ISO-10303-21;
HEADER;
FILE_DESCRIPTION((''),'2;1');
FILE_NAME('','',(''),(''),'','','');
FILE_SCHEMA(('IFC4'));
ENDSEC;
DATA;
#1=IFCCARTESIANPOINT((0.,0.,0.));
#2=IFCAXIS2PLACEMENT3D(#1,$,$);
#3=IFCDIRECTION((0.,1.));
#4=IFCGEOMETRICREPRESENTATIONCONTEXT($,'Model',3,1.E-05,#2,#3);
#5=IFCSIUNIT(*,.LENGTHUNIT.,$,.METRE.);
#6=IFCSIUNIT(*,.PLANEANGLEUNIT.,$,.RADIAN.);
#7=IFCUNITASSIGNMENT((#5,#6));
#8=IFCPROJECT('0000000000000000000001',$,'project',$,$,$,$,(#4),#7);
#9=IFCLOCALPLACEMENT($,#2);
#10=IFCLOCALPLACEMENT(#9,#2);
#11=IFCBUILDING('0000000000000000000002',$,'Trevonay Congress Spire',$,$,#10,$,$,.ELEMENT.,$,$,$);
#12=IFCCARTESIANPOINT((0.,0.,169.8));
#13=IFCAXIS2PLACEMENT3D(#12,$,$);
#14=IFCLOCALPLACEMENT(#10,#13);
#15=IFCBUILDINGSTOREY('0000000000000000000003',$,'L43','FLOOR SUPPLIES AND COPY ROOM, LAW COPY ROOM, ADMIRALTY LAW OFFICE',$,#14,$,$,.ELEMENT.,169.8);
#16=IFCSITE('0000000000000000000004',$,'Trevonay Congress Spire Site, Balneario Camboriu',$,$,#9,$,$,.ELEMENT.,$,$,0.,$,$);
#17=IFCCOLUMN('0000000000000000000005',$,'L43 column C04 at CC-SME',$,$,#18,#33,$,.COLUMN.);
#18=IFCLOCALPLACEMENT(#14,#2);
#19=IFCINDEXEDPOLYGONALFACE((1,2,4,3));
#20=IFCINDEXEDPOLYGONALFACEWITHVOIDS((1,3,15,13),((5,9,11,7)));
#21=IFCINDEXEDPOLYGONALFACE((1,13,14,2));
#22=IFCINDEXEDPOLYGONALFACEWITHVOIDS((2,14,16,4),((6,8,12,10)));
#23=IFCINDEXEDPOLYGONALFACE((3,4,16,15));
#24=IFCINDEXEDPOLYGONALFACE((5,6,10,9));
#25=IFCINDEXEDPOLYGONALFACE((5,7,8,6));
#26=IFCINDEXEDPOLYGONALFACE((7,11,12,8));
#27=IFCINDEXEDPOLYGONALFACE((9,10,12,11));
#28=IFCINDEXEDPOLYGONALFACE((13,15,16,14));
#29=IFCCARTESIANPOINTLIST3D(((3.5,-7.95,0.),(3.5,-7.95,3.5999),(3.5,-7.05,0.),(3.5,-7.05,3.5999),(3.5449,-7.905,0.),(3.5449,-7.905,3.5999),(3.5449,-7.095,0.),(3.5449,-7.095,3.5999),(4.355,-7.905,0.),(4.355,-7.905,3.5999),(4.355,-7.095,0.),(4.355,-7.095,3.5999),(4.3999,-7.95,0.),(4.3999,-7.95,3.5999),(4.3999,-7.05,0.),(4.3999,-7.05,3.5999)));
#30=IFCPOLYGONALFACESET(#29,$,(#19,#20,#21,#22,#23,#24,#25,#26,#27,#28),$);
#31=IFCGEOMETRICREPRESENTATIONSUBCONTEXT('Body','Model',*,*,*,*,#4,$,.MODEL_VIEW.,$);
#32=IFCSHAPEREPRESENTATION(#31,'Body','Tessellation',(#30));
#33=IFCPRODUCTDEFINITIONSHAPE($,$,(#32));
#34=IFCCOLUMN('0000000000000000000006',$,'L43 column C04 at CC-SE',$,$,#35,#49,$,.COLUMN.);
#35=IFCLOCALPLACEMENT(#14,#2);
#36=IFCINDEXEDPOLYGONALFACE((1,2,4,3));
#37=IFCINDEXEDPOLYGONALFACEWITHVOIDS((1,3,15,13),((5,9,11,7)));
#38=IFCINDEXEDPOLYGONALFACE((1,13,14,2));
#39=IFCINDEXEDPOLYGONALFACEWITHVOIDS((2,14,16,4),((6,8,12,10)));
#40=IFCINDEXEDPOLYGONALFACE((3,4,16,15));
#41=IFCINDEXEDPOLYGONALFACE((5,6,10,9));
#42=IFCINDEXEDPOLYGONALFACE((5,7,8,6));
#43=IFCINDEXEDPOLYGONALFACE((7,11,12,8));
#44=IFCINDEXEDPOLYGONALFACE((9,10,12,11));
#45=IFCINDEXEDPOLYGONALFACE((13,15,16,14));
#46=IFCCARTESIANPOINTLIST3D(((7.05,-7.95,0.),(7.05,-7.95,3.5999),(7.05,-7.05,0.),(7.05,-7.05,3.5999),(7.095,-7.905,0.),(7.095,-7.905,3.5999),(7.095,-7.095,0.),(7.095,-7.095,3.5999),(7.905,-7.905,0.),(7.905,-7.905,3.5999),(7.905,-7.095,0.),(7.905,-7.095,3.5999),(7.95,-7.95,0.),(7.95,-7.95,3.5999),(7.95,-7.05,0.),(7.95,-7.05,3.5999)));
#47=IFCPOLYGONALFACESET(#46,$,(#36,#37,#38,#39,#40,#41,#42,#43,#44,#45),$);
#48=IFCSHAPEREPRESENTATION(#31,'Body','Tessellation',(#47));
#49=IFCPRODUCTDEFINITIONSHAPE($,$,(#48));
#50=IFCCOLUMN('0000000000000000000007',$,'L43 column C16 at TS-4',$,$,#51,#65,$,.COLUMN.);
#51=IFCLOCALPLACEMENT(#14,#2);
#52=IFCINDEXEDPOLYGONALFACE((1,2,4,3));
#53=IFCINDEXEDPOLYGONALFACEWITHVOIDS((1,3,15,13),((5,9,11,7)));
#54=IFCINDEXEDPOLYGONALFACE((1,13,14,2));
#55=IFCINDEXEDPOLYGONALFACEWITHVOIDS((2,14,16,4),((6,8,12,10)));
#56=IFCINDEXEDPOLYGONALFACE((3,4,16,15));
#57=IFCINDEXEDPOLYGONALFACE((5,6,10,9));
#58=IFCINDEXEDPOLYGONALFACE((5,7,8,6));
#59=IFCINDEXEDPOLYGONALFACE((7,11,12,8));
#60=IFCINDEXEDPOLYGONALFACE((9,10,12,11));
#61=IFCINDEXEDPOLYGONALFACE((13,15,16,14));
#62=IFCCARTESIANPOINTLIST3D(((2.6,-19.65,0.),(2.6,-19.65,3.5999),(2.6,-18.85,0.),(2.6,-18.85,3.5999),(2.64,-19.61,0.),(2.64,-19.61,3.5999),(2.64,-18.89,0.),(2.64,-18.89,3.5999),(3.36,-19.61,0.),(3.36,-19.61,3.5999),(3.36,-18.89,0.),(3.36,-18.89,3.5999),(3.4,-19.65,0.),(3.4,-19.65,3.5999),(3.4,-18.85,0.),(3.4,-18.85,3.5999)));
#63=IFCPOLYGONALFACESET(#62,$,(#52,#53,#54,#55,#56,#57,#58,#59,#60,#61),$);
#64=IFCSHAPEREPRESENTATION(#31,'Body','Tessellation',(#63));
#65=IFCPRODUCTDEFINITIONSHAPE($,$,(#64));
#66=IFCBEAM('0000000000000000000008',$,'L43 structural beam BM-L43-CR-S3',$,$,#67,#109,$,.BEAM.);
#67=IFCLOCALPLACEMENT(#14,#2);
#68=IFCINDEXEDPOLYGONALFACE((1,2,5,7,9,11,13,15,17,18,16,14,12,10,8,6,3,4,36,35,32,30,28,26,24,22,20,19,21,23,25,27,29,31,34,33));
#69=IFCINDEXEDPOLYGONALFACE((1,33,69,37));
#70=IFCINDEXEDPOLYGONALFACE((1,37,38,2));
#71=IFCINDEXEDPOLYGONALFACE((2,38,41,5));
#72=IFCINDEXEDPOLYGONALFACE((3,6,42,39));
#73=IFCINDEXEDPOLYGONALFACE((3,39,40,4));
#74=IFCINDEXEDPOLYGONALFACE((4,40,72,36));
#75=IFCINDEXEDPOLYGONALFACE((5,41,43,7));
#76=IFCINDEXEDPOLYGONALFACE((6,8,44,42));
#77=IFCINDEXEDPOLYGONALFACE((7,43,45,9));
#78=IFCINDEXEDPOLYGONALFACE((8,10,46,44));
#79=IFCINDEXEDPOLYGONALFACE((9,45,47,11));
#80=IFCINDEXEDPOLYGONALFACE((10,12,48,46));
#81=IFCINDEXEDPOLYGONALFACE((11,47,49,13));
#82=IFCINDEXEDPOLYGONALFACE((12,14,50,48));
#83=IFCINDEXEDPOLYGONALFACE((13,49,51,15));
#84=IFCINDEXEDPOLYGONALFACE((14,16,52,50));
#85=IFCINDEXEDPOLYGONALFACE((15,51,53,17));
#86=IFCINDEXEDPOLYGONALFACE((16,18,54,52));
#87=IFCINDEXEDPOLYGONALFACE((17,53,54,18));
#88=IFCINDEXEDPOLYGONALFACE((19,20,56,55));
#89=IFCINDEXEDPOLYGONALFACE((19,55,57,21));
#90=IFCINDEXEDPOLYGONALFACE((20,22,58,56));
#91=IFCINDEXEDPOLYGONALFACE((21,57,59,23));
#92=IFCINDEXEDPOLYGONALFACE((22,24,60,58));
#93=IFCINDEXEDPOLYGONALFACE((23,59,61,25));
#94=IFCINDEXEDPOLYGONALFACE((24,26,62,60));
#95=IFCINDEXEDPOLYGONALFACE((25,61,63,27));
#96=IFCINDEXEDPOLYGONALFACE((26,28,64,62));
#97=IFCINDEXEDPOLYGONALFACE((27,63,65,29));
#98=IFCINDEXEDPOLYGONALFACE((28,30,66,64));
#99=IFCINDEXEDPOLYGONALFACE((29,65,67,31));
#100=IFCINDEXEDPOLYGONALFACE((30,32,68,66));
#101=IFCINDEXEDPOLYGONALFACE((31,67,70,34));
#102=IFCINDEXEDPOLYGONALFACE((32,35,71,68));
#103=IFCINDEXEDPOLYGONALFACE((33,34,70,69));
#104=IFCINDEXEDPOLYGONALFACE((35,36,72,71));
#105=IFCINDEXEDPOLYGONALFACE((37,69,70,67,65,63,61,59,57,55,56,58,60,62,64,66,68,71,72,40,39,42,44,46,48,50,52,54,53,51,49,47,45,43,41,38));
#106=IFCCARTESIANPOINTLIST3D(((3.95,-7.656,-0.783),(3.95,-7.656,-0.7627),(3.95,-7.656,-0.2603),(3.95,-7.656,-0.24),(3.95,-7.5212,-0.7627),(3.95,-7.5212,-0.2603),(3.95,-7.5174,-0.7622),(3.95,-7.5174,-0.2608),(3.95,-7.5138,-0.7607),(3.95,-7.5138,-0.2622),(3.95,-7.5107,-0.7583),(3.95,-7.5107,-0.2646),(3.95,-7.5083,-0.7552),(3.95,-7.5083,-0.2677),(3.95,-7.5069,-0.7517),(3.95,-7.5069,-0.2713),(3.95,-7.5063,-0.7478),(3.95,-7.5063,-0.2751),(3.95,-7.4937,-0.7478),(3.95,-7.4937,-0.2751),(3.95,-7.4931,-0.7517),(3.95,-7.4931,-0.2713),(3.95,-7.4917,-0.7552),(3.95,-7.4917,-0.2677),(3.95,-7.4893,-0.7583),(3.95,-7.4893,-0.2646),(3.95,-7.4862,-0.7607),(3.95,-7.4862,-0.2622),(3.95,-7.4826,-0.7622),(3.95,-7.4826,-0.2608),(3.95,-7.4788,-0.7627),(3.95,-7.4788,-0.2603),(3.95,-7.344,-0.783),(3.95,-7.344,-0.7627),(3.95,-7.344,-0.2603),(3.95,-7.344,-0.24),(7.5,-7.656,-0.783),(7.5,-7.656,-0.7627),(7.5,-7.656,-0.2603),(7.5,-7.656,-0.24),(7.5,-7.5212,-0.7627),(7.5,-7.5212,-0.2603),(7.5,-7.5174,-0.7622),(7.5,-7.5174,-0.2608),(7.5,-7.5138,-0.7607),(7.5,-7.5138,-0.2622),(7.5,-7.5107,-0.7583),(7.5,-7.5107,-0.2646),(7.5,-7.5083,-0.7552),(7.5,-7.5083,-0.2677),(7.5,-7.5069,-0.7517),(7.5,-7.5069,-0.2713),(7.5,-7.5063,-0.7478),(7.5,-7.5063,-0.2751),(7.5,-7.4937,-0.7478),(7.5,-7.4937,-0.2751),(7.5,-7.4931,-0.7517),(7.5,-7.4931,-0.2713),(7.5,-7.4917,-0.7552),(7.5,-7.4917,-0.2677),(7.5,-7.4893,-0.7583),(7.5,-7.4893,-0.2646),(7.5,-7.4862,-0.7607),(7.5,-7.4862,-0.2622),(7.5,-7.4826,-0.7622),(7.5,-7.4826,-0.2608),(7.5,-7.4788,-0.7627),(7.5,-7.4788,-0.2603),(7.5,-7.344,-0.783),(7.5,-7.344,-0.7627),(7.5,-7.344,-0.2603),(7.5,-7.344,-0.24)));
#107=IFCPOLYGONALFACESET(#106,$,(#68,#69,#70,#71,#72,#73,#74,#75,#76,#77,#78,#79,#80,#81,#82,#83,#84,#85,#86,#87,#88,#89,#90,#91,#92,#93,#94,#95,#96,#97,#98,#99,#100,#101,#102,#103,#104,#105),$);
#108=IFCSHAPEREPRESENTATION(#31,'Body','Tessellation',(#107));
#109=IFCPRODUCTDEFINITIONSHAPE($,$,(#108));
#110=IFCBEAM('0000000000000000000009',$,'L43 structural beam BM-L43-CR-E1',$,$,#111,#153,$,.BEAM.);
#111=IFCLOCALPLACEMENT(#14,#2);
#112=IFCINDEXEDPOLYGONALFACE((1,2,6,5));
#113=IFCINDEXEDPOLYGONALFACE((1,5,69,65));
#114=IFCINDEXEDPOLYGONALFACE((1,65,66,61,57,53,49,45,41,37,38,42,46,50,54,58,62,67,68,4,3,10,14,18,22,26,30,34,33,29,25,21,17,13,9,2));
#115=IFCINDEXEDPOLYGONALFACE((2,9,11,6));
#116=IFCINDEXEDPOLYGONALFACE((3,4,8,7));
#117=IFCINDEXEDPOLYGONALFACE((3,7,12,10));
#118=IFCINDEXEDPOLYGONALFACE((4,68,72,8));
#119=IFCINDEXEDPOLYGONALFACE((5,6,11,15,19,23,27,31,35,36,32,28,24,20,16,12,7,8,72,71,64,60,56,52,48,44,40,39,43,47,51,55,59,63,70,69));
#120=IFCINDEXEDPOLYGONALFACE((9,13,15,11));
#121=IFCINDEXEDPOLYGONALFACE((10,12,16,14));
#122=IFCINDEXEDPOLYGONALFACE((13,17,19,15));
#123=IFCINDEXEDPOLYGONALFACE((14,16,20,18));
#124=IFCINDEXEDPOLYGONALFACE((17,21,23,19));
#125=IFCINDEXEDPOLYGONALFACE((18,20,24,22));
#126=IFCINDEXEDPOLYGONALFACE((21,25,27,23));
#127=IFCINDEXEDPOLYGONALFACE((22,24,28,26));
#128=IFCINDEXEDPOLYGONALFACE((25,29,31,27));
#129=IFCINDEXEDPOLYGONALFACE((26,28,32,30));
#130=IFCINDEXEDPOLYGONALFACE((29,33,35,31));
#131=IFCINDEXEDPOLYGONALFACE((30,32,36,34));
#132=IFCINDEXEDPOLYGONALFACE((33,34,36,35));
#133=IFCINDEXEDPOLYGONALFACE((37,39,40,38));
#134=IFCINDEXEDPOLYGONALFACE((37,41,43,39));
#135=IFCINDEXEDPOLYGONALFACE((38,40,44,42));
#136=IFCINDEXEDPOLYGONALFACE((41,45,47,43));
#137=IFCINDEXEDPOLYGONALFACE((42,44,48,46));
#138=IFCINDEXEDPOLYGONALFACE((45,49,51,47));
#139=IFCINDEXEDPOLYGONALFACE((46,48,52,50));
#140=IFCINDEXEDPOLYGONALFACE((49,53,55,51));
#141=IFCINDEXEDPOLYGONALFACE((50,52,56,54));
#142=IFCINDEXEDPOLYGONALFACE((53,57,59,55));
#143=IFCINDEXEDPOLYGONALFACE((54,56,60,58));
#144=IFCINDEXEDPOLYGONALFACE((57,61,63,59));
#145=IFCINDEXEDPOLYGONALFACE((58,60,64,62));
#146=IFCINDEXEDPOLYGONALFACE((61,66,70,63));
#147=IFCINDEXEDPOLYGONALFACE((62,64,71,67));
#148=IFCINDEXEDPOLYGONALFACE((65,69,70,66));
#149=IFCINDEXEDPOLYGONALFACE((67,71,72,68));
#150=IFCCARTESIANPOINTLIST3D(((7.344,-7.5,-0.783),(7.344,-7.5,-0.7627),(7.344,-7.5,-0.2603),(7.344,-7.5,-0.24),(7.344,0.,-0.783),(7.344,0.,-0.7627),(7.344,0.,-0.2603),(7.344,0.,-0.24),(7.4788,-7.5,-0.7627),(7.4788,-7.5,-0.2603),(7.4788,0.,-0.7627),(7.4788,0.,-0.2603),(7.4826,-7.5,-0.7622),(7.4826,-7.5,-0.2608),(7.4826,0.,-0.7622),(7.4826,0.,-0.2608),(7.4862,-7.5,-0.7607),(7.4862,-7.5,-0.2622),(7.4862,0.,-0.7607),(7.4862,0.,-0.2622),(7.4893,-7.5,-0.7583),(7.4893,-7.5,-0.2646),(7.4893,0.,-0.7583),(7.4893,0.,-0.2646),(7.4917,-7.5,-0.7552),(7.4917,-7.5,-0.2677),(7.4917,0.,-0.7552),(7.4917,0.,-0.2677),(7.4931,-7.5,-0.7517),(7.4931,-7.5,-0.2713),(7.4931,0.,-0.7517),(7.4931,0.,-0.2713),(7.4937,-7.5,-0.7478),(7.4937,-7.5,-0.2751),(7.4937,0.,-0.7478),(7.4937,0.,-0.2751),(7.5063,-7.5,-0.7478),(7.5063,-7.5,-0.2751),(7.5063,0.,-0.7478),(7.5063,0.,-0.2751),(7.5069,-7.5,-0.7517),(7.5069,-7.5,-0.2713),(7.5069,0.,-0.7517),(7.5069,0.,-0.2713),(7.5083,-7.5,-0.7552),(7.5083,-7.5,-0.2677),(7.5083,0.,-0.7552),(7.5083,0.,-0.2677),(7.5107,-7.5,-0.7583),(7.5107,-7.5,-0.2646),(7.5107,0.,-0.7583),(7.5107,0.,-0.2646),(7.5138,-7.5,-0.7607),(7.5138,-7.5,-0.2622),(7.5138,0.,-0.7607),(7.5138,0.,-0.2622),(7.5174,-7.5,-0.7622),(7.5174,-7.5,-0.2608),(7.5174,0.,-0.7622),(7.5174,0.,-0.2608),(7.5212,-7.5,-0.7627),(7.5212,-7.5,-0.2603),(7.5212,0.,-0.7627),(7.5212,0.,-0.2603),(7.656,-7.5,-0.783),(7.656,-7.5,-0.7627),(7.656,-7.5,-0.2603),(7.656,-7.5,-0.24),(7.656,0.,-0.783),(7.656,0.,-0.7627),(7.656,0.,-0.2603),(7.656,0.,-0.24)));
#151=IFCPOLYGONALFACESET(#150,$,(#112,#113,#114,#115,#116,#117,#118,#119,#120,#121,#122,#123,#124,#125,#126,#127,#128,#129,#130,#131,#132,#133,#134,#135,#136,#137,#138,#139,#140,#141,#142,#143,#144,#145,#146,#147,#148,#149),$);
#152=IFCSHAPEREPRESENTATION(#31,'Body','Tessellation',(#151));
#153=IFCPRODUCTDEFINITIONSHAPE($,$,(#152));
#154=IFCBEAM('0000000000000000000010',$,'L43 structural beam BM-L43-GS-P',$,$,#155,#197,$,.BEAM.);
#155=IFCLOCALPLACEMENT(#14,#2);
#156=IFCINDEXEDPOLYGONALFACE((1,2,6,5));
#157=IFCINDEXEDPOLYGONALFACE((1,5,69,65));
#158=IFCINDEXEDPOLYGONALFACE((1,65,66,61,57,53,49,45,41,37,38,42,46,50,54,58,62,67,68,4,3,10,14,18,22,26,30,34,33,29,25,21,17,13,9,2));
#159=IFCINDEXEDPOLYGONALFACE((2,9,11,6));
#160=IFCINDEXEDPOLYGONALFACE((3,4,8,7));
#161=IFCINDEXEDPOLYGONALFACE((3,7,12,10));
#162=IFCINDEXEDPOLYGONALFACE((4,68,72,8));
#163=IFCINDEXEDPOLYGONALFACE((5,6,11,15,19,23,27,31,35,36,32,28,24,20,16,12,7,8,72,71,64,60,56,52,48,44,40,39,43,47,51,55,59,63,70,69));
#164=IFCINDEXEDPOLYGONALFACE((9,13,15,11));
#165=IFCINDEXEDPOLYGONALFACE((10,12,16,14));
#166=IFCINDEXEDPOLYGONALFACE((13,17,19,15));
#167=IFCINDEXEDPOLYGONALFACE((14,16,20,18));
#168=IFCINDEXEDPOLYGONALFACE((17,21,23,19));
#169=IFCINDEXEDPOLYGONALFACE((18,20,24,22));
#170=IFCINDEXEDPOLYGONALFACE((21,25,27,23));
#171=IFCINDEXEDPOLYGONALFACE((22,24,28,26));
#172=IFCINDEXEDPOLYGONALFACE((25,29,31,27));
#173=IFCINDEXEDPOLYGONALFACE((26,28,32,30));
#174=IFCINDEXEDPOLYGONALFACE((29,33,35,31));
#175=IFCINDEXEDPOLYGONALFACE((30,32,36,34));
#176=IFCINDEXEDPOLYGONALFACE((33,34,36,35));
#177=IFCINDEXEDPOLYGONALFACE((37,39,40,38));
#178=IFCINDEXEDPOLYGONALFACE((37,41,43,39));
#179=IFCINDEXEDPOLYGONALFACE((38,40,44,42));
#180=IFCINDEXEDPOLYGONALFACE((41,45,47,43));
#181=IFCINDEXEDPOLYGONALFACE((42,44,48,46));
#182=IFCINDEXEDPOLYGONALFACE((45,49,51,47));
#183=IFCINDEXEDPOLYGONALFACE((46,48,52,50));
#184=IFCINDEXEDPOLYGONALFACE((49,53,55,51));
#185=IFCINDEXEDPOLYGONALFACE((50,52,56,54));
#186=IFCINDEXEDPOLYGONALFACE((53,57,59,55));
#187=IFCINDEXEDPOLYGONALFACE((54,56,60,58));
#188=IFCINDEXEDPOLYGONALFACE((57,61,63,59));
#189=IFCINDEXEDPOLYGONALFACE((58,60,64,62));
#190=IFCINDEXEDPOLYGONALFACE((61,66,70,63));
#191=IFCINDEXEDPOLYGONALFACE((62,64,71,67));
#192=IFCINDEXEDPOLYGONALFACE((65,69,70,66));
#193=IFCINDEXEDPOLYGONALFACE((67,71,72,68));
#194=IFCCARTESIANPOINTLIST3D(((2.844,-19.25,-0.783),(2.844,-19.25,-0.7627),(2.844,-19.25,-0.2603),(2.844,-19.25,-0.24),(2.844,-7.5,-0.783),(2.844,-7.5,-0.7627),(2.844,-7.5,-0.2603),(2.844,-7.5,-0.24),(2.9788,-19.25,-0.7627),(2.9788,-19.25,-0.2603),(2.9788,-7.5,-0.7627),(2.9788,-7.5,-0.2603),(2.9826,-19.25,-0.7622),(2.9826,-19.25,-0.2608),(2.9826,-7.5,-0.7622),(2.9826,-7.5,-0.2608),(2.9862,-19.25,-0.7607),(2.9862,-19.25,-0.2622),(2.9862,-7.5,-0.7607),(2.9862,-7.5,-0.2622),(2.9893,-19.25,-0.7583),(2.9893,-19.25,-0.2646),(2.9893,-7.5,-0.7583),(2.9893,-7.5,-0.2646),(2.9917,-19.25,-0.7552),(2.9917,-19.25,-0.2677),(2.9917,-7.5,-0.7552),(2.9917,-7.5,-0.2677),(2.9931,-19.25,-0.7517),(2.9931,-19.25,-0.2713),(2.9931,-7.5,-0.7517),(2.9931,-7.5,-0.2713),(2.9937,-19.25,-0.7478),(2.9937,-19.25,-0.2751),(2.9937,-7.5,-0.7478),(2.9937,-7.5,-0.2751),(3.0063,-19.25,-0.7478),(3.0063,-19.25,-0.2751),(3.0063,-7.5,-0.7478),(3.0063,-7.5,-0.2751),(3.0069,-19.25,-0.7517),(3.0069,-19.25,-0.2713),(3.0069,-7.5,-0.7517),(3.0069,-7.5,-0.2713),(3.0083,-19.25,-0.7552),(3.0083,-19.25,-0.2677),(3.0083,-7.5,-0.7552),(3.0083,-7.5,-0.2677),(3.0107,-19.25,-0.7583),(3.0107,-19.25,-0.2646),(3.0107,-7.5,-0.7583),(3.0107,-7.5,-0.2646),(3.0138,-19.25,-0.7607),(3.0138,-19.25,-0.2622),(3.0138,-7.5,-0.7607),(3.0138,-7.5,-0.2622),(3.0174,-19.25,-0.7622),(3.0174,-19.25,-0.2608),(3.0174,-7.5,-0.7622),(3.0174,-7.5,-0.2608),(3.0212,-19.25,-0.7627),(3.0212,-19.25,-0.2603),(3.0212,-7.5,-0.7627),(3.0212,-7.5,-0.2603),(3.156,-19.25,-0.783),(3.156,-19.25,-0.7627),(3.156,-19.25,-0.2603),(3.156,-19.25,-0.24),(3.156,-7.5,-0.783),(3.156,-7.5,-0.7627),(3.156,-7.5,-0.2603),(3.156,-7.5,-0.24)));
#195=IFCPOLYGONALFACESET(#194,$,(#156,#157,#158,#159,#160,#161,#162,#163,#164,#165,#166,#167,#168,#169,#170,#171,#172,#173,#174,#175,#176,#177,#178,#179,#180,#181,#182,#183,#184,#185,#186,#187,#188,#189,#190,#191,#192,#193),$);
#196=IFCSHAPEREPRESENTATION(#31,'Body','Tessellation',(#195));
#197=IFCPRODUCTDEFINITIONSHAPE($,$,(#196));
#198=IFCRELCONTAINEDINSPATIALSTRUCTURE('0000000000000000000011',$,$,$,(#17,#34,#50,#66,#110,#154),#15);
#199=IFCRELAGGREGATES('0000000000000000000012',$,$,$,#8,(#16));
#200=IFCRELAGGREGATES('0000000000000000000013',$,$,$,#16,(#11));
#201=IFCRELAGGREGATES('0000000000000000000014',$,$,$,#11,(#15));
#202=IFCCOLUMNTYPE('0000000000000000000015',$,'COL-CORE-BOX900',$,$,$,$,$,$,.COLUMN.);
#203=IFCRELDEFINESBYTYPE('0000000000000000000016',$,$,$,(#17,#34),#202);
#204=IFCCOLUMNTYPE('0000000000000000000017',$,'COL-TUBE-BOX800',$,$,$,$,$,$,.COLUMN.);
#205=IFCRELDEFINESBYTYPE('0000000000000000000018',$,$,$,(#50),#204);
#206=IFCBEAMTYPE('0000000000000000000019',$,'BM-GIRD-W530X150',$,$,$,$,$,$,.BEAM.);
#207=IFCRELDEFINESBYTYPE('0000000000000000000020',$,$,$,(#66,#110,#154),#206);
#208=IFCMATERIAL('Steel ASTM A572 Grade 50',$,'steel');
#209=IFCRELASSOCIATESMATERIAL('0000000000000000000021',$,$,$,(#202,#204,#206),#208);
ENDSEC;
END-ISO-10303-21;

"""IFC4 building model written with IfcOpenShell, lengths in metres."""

from ifc_helpers import new_model, si_unit, direction, frame, origin, origin_2d, place, context, subcontext, project, spatial, hollow_rectangle, i_section, extrude, material, material_profile, profile_set, type_object, element, save


model = new_model("IFC4")

# Units and contexts
model_context = context("Model", 3, precision=1e-05, world=origin(), true_north=direction((0.0, 1.0)))
body_context = subcontext(model_context, "Body", "Model", "MODEL_VIEW")
ifc_project = project(units=[si_unit("LENGTHUNIT", "METRE"), si_unit("PLANEANGLEUNIT", "RADIAN")], contexts=[model_context])

# Site, building, storey
site_placement = place(None, origin())
site = spatial("IfcSite", under=ifc_project, at=site_placement, Name="Trevonay Congress Spire Site, Balneario Camboriu", CompositionType="ELEMENT", RefElevation=0.0)
building_placement = place(site_placement, origin())
building = spatial("IfcBuilding", under=site, at=building_placement, Name="Trevonay Congress Spire", CompositionType="ELEMENT")
storey_placement = place(building_placement, frame((0.0, 0.0, 169.8)))
storey = spatial("IfcBuildingStorey", under=building, at=storey_placement, Name="L43", Description="FLOOR SUPPLIES AND COPY ROOM, LAW COPY ROOM, ADMIRALTY LAW OFFICE", CompositionType="ELEMENT", Elevation=169.8)

# Columns
ifc_material_1 = material(Name="Steel ASTM A572 Grade 50", Category="steel")
ifc_material_profile_1 = material_profile(ifc_material_1, hollow_rectangle(XDim=0.8999, YDim=0.8999, WallThickness=0.0449, at=origin_2d()), Name="BOX 900x900x45")
ifc_profile_set_1 = profile_set([ifc_material_profile_1], Name="Steel ASTM A572 Grade 50")
column_type_1 = type_object("IfcColumnType", Name="COL-CORE-BOX900", PredefinedType="COLUMN", material=ifc_profile_set_1)
for number, where, z_axis, x_axis, name in (
    (1, (3.95, -7.5, 0.0), (0.0, 0.0, 1.0), (1.0, 0.0, 0.0), "L43 column C04 at CC-SME"),
    (2, (7.5, -7.5, 0.0), (0.0, 0.0, 1.0), (1.0, 0.0, 0.0), "L43 column C04 at CC-SE"),
):
    element("IfcColumn", number, at=place(storey_placement, frame(where, z_axis=z_axis, x_axis=x_axis)), inside=storey, type_object=column_type_1, Name=name, PredefinedType="COLUMN", context=body_context, shape_type="SweptSolid", body=[
        extrude(hollow_rectangle(XDim=0.8999, YDim=0.8999, WallThickness=0.0449, at=origin_2d()), origin(), (0.0, 0.0, 1.0), 3.5999),
    ])
ifc_material_profile_2 = material_profile(ifc_material_1, hollow_rectangle(XDim=0.8, YDim=0.8, WallThickness=0.04, at=origin_2d()), Name="BOX 800x800x40")
ifc_profile_set_2 = profile_set([ifc_material_profile_2], Name="Steel ASTM A572 Grade 50")
column_type_2 = type_object("IfcColumnType", Name="COL-TUBE-BOX800", PredefinedType="COLUMN", material=ifc_profile_set_2)
column_placement = place(storey_placement, frame((3.0, -19.25, 0.0), z_axis=(0.0, 0.0, 1.0), x_axis=(1.0, 0.0, 0.0)))
element("IfcColumn", 3, at=column_placement, inside=storey, type_object=column_type_2, Name="L43 column C16 at TS-4", PredefinedType="COLUMN", context=body_context, shape_type="SweptSolid", body=[
    extrude(hollow_rectangle(XDim=0.8, YDim=0.8, WallThickness=0.04, at=origin_2d()), origin(), (0.0, 0.0, 1.0), 3.5999),
])

# Beams
ifc_material_profile_3 = material_profile(ifc_material_1, i_section(OverallWidth=0.312, OverallDepth=0.543, WebThickness=0.0127, FlangeThickness=0.0203, FilletRadius=0.0149, at=origin_2d()), Name="W530x150")
ifc_profile_set_3 = profile_set([ifc_material_profile_3], Name="Steel ASTM A572 Grade 50")
beam_type_1 = type_object("IfcBeamType", Name="BM-GIRD-W530X150", PredefinedType="BEAM", material=ifc_profile_set_3)
beam_1_placement = place(storey_placement, frame((3.95, -7.5, -0.5115), z_axis=(1.0, 0.0, 0.0), x_axis=(0.0, 1.0, 0.0)))
element("IfcBeam", 4, at=beam_1_placement, inside=storey, type_object=beam_type_1, Name="L43 structural beam BM-L43-CR-S3", PredefinedType="BEAM", context=body_context, shape_type="SweptSolid", body=[
    extrude(i_section(OverallWidth=0.312, OverallDepth=0.543, WebThickness=0.0127, FlangeThickness=0.0203, FilletRadius=0.0149, at=origin_2d()), origin(), (0.0, 0.0, 1.0), 3.55),
])
beam_2_placement = place(storey_placement, frame((7.5, -7.5, -0.5115), z_axis=(0.0, 1.0, 0.0), x_axis=(-1.0, 0.0, 0.0)))
element("IfcBeam", 5, at=beam_2_placement, inside=storey, type_object=beam_type_1, Name="L43 structural beam BM-L43-CR-E1", PredefinedType="BEAM", context=body_context, shape_type="SweptSolid", body=[
    extrude(i_section(OverallWidth=0.312, OverallDepth=0.543, WebThickness=0.0127, FlangeThickness=0.0203, FilletRadius=0.0149, at=origin_2d()), origin(), (0.0, 0.0, 1.0), 7.5),
])
beam_3_placement = place(storey_placement, frame((3.0, -7.5, -0.5115), z_axis=(0.0, -1.0, 0.0), x_axis=(1.0, 0.0, 0.0)))
element("IfcBeam", 6, at=beam_3_placement, inside=storey, type_object=beam_type_1, Name="L43 structural beam BM-L43-GS-P", PredefinedType="BEAM", context=body_context, shape_type="SweptSolid", body=[
    extrude(i_section(OverallWidth=0.312, OverallDepth=0.543, WebThickness=0.0127, FlangeThickness=0.0203, FilletRadius=0.0149, at=origin_2d()), origin(), (0.0, 0.0, 1.0), 11.75),
])

save(model, "model.ifc")
